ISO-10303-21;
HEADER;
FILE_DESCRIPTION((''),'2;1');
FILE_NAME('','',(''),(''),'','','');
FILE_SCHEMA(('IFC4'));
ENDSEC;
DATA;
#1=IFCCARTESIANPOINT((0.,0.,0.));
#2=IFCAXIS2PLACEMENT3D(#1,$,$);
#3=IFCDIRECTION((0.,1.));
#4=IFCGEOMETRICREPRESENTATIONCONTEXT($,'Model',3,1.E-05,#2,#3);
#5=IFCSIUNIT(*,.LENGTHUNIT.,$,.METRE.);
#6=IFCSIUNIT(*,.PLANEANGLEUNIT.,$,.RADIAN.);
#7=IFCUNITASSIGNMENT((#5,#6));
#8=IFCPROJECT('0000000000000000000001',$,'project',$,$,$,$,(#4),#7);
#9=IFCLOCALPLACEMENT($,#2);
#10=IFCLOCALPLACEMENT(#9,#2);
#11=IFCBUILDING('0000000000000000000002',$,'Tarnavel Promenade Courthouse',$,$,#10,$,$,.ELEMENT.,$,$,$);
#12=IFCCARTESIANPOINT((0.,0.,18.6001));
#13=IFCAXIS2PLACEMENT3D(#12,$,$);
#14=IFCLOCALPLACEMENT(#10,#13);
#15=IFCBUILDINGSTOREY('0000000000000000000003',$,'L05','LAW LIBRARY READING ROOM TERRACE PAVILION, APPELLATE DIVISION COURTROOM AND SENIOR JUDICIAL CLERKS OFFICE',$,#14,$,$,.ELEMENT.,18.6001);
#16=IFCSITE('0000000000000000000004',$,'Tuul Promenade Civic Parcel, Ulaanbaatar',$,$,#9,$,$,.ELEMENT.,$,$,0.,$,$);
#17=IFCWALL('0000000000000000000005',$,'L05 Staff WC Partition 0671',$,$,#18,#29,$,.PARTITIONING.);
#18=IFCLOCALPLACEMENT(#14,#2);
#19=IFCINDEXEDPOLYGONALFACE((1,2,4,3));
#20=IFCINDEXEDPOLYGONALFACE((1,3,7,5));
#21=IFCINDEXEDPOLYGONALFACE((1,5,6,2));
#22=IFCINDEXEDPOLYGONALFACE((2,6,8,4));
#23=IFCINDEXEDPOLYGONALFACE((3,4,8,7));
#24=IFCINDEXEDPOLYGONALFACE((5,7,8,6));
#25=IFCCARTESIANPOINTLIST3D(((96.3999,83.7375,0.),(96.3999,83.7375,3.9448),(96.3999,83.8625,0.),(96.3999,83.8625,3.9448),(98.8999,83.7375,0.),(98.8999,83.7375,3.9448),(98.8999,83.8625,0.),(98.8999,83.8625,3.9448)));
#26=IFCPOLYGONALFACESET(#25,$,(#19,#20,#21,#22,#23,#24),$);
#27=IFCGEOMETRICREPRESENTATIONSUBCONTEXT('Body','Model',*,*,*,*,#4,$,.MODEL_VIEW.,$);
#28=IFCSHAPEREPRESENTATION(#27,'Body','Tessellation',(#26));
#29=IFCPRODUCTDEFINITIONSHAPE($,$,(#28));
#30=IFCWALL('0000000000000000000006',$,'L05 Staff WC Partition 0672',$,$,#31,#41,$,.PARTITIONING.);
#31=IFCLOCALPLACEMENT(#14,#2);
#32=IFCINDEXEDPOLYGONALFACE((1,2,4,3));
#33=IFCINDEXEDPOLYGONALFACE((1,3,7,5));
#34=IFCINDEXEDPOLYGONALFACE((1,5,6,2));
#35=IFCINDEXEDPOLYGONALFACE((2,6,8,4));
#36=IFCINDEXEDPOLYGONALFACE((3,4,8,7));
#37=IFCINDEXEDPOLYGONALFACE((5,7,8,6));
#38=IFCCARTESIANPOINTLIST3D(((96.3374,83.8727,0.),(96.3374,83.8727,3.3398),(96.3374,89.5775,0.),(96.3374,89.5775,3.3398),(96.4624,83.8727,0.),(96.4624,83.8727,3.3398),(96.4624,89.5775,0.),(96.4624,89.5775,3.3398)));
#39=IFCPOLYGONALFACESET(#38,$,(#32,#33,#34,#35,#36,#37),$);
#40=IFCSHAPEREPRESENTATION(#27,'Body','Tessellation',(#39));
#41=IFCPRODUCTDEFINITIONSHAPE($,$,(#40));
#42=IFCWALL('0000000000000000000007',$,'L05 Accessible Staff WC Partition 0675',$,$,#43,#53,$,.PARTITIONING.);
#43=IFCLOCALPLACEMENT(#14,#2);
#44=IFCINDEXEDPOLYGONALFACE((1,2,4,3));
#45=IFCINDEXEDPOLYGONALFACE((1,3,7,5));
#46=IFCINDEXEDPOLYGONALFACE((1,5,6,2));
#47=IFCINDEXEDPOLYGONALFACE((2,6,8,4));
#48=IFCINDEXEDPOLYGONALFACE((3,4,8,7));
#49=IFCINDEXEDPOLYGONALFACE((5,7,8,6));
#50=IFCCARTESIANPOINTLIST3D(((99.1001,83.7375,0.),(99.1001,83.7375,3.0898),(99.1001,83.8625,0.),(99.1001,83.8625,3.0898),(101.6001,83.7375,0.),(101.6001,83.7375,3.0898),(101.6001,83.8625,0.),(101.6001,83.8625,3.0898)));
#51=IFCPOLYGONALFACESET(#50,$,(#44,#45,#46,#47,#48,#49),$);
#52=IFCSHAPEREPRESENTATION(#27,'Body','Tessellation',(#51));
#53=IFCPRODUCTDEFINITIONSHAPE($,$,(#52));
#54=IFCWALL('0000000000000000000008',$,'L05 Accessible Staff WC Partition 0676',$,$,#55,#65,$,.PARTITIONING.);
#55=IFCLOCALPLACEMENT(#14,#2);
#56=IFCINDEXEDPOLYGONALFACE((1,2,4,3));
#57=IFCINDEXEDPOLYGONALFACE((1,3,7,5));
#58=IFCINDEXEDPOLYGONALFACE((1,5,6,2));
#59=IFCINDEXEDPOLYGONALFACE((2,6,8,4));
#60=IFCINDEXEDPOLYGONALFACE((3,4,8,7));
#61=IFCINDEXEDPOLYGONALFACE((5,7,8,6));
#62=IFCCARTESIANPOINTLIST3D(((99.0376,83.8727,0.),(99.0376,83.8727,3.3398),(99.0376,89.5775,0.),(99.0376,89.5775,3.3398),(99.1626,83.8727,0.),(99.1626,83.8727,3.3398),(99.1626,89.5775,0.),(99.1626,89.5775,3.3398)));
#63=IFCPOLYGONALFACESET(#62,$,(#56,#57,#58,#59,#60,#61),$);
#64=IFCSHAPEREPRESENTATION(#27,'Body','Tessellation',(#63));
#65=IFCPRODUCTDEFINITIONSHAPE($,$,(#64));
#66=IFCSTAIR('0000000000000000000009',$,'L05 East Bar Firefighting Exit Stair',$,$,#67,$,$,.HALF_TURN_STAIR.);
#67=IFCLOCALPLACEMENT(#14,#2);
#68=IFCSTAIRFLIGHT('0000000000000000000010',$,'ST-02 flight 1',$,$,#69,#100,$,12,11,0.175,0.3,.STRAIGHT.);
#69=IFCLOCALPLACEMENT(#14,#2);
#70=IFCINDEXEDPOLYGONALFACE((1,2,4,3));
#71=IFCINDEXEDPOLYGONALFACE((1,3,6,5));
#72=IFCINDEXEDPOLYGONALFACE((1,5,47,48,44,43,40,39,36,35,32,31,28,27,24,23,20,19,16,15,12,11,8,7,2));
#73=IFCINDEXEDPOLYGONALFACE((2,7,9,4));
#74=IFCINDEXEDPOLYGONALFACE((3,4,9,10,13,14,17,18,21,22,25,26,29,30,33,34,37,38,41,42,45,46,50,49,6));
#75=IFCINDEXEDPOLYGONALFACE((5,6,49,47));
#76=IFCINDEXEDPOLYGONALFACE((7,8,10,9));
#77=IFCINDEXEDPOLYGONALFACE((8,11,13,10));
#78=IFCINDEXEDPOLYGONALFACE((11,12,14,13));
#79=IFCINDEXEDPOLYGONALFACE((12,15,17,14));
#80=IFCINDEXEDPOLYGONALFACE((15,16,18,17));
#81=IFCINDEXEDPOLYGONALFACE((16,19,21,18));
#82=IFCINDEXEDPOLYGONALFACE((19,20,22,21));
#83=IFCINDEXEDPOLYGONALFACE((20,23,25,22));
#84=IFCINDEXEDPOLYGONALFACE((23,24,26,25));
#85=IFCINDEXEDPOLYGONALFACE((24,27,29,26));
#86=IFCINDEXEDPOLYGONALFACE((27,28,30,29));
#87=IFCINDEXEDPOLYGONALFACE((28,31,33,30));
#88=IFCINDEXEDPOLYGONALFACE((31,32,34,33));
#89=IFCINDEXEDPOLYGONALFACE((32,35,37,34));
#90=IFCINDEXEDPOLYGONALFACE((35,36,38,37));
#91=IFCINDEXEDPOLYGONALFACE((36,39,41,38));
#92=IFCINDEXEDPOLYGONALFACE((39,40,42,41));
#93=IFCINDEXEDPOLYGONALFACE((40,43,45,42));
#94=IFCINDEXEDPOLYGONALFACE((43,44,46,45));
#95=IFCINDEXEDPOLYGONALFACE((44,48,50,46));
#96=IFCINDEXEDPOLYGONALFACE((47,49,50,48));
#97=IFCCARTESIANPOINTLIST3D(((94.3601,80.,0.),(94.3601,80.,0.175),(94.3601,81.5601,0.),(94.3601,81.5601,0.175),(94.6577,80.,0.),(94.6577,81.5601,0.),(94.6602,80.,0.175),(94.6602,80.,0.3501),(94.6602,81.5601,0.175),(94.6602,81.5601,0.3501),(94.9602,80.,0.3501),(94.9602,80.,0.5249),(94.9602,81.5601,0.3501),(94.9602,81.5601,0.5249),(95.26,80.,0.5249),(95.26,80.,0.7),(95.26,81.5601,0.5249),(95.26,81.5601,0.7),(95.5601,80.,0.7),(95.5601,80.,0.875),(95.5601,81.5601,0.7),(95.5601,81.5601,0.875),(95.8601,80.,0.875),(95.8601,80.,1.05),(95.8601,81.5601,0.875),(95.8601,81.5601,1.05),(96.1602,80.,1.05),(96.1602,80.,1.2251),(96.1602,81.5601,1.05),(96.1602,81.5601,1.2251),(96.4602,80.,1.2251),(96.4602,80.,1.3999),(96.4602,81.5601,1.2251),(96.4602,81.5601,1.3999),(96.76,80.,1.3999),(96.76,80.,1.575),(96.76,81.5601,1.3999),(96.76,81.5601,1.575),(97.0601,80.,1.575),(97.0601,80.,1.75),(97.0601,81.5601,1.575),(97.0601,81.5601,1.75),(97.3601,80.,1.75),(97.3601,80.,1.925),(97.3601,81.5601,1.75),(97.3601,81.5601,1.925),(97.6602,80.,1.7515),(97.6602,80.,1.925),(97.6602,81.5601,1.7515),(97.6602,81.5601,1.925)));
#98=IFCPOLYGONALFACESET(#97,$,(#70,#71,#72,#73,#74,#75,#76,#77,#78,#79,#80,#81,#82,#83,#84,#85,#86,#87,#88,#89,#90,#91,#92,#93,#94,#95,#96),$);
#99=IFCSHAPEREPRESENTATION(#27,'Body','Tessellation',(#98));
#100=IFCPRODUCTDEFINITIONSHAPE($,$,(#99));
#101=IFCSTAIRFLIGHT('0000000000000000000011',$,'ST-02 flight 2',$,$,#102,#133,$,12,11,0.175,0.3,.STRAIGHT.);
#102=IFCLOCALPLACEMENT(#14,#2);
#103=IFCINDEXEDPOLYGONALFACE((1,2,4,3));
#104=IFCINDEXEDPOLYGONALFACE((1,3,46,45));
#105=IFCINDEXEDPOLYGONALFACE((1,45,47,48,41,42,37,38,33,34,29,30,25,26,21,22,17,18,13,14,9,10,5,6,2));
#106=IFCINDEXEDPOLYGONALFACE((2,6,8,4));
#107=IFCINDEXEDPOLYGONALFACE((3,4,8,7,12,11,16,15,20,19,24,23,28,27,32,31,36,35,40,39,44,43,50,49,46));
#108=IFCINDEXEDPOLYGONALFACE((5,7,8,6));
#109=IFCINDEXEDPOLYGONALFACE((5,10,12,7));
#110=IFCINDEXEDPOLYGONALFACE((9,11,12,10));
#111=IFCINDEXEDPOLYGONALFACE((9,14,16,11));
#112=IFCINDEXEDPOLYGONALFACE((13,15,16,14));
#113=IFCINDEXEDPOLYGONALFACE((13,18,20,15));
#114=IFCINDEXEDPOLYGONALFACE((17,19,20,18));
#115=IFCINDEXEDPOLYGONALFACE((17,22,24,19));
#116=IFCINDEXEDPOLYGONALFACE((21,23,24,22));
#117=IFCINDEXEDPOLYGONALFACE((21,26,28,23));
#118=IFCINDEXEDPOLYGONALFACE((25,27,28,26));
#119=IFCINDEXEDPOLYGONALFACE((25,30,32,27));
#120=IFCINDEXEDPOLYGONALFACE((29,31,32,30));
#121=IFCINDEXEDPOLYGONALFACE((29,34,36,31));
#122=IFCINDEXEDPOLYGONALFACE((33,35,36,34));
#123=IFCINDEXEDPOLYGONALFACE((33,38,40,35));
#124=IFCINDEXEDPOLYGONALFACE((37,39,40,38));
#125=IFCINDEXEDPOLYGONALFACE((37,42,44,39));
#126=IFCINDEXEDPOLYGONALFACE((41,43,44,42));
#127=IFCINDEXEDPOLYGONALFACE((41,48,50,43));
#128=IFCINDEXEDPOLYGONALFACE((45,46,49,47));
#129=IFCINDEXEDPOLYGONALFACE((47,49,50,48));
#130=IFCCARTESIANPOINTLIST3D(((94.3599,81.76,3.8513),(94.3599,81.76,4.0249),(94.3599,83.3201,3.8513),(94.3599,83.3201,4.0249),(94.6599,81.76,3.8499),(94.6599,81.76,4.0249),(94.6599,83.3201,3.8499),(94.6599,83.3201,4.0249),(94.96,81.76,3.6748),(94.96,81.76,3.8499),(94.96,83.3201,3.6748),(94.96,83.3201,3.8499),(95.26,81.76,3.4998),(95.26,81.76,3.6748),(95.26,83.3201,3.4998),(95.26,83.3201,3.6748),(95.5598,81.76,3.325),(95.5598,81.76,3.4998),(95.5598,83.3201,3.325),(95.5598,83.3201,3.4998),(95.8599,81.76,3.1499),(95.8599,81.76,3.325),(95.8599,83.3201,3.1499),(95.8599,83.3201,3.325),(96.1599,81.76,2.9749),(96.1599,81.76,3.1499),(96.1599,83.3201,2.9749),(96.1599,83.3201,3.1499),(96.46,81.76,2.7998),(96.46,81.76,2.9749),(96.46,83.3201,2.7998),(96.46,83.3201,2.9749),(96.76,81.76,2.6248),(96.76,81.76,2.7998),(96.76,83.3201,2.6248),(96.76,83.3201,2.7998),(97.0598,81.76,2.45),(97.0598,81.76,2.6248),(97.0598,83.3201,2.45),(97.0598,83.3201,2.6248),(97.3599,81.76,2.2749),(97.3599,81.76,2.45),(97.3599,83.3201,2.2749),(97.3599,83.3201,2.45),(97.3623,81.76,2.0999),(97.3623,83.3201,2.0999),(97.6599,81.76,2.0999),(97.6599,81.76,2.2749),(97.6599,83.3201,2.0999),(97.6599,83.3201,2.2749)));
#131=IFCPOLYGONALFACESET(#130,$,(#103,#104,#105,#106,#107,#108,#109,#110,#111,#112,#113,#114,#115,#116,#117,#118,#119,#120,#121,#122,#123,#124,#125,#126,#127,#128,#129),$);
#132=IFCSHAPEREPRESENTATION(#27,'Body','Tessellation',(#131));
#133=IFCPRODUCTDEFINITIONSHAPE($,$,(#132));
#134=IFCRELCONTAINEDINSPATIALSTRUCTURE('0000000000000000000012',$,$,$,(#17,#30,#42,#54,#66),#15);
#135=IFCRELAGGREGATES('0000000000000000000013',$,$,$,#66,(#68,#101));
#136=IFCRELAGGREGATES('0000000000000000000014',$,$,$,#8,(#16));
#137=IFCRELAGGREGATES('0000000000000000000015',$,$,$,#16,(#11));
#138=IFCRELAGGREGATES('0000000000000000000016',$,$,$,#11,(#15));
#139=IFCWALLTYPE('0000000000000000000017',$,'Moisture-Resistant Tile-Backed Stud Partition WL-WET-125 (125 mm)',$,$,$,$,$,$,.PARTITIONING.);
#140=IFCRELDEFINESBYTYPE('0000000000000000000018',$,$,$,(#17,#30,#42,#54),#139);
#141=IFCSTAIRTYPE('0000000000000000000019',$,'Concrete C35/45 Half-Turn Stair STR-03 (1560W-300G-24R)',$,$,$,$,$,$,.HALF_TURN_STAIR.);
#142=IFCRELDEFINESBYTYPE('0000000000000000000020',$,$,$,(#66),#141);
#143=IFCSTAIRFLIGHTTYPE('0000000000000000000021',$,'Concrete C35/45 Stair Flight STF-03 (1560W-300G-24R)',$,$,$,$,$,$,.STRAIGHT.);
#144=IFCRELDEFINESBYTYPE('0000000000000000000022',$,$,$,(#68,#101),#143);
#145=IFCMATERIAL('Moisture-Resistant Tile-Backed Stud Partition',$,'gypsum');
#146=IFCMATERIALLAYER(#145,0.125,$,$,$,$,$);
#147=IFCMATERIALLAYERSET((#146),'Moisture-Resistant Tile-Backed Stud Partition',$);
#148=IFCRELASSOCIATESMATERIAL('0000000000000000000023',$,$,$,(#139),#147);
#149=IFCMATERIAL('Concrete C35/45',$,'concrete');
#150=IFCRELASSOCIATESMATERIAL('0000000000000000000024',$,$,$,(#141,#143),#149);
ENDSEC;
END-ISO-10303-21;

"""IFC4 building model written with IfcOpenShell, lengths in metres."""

from ifc_helpers import new_model, si_unit, direction, frame, frame_2d, origin, place, context, subcontext, project, spatial, polyline, rectangle, outline, extrude, material, layer, layer_set, type_object, element, aggregate, save


model = new_model("IFC4")

# Units and contexts
model_context = context("Model", 3, precision=1e-05, world=origin(), true_north=direction((0.0, 1.0)))
body_context = subcontext(model_context, "Body", "Model", "MODEL_VIEW")
ifc_project = project(units=[si_unit("LENGTHUNIT", "METRE"), si_unit("PLANEANGLEUNIT", "RADIAN")], contexts=[model_context])

# Site, building, storey
site_placement = place(None, origin())
site = spatial("IfcSite", under=ifc_project, at=site_placement, Name="Tuul Promenade Civic Parcel, Ulaanbaatar", CompositionType="ELEMENT", RefElevation=0.0)
building_placement = place(site_placement, origin())
building = spatial("IfcBuilding", under=site, at=building_placement, Name="Tarnavel Promenade Courthouse", CompositionType="ELEMENT")
storey_placement = place(building_placement, frame((0.0, 0.0, 18.6001)))
storey = spatial("IfcBuildingStorey", under=building, at=storey_placement, Name="L05", Description="LAW LIBRARY READING ROOM TERRACE PAVILION, APPELLATE DIVISION COURTROOM AND SENIOR JUDICIAL CLERKS OFFICE", CompositionType="ELEMENT", Elevation=18.6001)

# Walls
ifc_material_1 = material(Name="Moisture-Resistant Tile-Backed Stud Partition", Category="gypsum")
ifc_layer_1 = layer(ifc_material_1, 0.125)
ifc_layer_set_1 = layer_set([ifc_layer_1], Name="Moisture-Resistant Tile-Backed Stud Partition")
wall_type_1 = type_object("IfcWallType", Name="Moisture-Resistant Tile-Backed Stud Partition WL-WET-125 (125 mm)", PredefinedType="PARTITIONING", material=ifc_layer_set_1)
wall_1_placement = place(storey_placement, frame((98.8999, 83.8, 0.0), z_axis=(0.0, 0.0, 1.0), x_axis=(-1.0, 0.0, 0.0)))
element("IfcWall", 1, at=wall_1_placement, inside=storey, type_object=wall_type_1, Name="L05 Staff WC Partition 0671", PredefinedType="PARTITIONING", context=body_context, shape_type="SweptSolid", body=[
    extrude(rectangle(XDim=2.5, YDim=0.125, at=frame_2d((1.25, 0.0))), origin(), (0.0, 0.0, 1.0), 3.9448),
])
wall_2_placement = place(storey_placement, frame((96.3999, 83.8726, 0.0), z_axis=(0.0, 0.0, 1.0), x_axis=(0.0, 1.0, 0.0)))
element("IfcWall", 2, at=wall_2_placement, inside=storey, type_object=wall_type_1, Name="L05 Staff WC Partition 0672", PredefinedType="PARTITIONING", context=body_context, shape_type="SweptSolid", body=[
    extrude(rectangle(XDim=5.7048, YDim=0.125, at=frame_2d((2.8525, 0.0))), origin(), (0.0, 0.0, 1.0), 3.3398),
])
wall_3_placement = place(storey_placement, frame((101.6001, 83.8, 0.0), z_axis=(0.0, 0.0, 1.0), x_axis=(-1.0, 0.0, 0.0)))
element("IfcWall", 3, at=wall_3_placement, inside=storey, type_object=wall_type_1, Name="L05 Accessible Staff WC Partition 0675", PredefinedType="PARTITIONING", context=body_context, shape_type="SweptSolid", body=[
    extrude(rectangle(XDim=2.5, YDim=0.125, at=frame_2d((1.25, 0.0))), origin(), (0.0, 0.0, 1.0), 3.0898),
])
wall_4_placement = place(storey_placement, frame((99.1001, 83.8726, 0.0), z_axis=(0.0, 0.0, 1.0), x_axis=(0.0, 1.0, 0.0)))
element("IfcWall", 4, at=wall_4_placement, inside=storey, type_object=wall_type_1, Name="L05 Accessible Staff WC Partition 0676", PredefinedType="PARTITIONING", context=body_context, shape_type="SweptSolid", body=[
    extrude(rectangle(XDim=5.7048, YDim=0.125, at=frame_2d((2.8525, 0.0))), origin(), (0.0, 0.0, 1.0), 3.3398),
])

# Stair, stair flights
ifc_material_2 = material(Name="Concrete C35/45", Category="concrete")
stair_type = type_object("IfcStairType", Name="Concrete C35/45 Half-Turn Stair STR-03 (1560W-300G-24R)", PredefinedType="HALF_TURN_STAIR", material=ifc_material_2)
stair_placement = place(storey_placement, origin())
stair = element("IfcStair", 5, at=stair_placement, inside=storey, type_object=stair_type, Name="L05 East Bar Firefighting Exit Stair", PredefinedType="HALF_TURN_STAIR")
stair_flight_type = type_object("IfcStairFlightType", Name="Concrete C35/45 Stair Flight STF-03 (1560W-300G-24R)", PredefinedType="STRAIGHT", material=ifc_material_2)
stair_flight_1_placement = place(storey_placement, frame((94.3601, 80.78, 0.0), z_axis=(0.0, 0.0, 1.0), x_axis=(1.0, 0.0, 0.0)))
stair_flight_1 = element("IfcStairFlight", 6, at=stair_flight_1_placement, type_object=stair_flight_type, Name="ST-02 flight 1", NumberOfRisers=12, NumberOfTreads=11, PredefinedType="STRAIGHT", RiserHeight=0.175, TreadLength=0.3, context=body_context, shape_type="SweptSolid", body=[
    extrude(outline(polyline([(0.0, 0.0), (0.0, 0.175), (0.3, 0.175), (0.3, 0.3501), (0.6001, 0.3501), (0.6001, 0.5249), (0.8999, 0.5249), (0.8999, 0.7), (1.2, 0.7), (1.2, 0.875), (1.5, 0.875), (1.5, 1.05), (1.8, 1.05), (1.8, 1.2251), (2.1001, 1.2251), (2.1001, 1.3999), (2.3999, 1.3999), (2.3999, 1.575), (2.7, 1.575), (2.7, 1.75), (3.0, 1.75), (3.0, 1.925), (3.3, 1.925), (3.3, 2.1001), (3.3, 1.7515), (0.2976, 0.0), (0.0, 0.0)])), frame((0.0, 0.78, 0.0), z_axis=(0.0, -1.0, 0.0), x_axis=(1.0, 0.0, 0.0)), (0.0, 0.0, 1.0), 1.5601),
])
stair_flight_2_placement = place(storey_placement, frame((97.6599, 82.54, 2.0999), z_axis=(0.0, 0.0, 1.0), x_axis=(-1.0, 0.0, 0.0)))
stair_flight_2 = element("IfcStairFlight", 7, at=stair_flight_2_placement, type_object=stair_flight_type, Name="ST-02 flight 2", NumberOfRisers=12, NumberOfTreads=11, PredefinedType="STRAIGHT", RiserHeight=0.175, TreadLength=0.3, context=body_context, shape_type="SweptSolid", body=[
    extrude(outline(polyline([(0.0, 0.0), (0.0, 0.175), (0.3, 0.175), (0.3, 0.3501), (0.6001, 0.3501), (0.6001, 0.5249), (0.8999, 0.5249), (0.8999, 0.7), (1.2, 0.7), (1.2, 0.875), (1.5, 0.875), (1.5, 1.05), (1.8, 1.05), (1.8, 1.2251), (2.1001, 1.2251), (2.1001, 1.3999), (2.3999, 1.3999), (2.3999, 1.575), (2.7, 1.575), (2.7, 1.75), (3.0, 1.75), (3.0, 1.925), (3.3, 1.925), (3.3, 2.1001), (3.3, 1.7515), (0.2976, 0.0), (0.0, 0.0)])), frame((0.0, 0.78, 0.0), z_axis=(0.0, -1.0, 0.0), x_axis=(1.0, 0.0, 0.0)), (0.0, 0.0, 1.0), 1.5601),
])
aggregate(stair, [stair_flight_1, stair_flight_2])

save(model, "model.ifc")
